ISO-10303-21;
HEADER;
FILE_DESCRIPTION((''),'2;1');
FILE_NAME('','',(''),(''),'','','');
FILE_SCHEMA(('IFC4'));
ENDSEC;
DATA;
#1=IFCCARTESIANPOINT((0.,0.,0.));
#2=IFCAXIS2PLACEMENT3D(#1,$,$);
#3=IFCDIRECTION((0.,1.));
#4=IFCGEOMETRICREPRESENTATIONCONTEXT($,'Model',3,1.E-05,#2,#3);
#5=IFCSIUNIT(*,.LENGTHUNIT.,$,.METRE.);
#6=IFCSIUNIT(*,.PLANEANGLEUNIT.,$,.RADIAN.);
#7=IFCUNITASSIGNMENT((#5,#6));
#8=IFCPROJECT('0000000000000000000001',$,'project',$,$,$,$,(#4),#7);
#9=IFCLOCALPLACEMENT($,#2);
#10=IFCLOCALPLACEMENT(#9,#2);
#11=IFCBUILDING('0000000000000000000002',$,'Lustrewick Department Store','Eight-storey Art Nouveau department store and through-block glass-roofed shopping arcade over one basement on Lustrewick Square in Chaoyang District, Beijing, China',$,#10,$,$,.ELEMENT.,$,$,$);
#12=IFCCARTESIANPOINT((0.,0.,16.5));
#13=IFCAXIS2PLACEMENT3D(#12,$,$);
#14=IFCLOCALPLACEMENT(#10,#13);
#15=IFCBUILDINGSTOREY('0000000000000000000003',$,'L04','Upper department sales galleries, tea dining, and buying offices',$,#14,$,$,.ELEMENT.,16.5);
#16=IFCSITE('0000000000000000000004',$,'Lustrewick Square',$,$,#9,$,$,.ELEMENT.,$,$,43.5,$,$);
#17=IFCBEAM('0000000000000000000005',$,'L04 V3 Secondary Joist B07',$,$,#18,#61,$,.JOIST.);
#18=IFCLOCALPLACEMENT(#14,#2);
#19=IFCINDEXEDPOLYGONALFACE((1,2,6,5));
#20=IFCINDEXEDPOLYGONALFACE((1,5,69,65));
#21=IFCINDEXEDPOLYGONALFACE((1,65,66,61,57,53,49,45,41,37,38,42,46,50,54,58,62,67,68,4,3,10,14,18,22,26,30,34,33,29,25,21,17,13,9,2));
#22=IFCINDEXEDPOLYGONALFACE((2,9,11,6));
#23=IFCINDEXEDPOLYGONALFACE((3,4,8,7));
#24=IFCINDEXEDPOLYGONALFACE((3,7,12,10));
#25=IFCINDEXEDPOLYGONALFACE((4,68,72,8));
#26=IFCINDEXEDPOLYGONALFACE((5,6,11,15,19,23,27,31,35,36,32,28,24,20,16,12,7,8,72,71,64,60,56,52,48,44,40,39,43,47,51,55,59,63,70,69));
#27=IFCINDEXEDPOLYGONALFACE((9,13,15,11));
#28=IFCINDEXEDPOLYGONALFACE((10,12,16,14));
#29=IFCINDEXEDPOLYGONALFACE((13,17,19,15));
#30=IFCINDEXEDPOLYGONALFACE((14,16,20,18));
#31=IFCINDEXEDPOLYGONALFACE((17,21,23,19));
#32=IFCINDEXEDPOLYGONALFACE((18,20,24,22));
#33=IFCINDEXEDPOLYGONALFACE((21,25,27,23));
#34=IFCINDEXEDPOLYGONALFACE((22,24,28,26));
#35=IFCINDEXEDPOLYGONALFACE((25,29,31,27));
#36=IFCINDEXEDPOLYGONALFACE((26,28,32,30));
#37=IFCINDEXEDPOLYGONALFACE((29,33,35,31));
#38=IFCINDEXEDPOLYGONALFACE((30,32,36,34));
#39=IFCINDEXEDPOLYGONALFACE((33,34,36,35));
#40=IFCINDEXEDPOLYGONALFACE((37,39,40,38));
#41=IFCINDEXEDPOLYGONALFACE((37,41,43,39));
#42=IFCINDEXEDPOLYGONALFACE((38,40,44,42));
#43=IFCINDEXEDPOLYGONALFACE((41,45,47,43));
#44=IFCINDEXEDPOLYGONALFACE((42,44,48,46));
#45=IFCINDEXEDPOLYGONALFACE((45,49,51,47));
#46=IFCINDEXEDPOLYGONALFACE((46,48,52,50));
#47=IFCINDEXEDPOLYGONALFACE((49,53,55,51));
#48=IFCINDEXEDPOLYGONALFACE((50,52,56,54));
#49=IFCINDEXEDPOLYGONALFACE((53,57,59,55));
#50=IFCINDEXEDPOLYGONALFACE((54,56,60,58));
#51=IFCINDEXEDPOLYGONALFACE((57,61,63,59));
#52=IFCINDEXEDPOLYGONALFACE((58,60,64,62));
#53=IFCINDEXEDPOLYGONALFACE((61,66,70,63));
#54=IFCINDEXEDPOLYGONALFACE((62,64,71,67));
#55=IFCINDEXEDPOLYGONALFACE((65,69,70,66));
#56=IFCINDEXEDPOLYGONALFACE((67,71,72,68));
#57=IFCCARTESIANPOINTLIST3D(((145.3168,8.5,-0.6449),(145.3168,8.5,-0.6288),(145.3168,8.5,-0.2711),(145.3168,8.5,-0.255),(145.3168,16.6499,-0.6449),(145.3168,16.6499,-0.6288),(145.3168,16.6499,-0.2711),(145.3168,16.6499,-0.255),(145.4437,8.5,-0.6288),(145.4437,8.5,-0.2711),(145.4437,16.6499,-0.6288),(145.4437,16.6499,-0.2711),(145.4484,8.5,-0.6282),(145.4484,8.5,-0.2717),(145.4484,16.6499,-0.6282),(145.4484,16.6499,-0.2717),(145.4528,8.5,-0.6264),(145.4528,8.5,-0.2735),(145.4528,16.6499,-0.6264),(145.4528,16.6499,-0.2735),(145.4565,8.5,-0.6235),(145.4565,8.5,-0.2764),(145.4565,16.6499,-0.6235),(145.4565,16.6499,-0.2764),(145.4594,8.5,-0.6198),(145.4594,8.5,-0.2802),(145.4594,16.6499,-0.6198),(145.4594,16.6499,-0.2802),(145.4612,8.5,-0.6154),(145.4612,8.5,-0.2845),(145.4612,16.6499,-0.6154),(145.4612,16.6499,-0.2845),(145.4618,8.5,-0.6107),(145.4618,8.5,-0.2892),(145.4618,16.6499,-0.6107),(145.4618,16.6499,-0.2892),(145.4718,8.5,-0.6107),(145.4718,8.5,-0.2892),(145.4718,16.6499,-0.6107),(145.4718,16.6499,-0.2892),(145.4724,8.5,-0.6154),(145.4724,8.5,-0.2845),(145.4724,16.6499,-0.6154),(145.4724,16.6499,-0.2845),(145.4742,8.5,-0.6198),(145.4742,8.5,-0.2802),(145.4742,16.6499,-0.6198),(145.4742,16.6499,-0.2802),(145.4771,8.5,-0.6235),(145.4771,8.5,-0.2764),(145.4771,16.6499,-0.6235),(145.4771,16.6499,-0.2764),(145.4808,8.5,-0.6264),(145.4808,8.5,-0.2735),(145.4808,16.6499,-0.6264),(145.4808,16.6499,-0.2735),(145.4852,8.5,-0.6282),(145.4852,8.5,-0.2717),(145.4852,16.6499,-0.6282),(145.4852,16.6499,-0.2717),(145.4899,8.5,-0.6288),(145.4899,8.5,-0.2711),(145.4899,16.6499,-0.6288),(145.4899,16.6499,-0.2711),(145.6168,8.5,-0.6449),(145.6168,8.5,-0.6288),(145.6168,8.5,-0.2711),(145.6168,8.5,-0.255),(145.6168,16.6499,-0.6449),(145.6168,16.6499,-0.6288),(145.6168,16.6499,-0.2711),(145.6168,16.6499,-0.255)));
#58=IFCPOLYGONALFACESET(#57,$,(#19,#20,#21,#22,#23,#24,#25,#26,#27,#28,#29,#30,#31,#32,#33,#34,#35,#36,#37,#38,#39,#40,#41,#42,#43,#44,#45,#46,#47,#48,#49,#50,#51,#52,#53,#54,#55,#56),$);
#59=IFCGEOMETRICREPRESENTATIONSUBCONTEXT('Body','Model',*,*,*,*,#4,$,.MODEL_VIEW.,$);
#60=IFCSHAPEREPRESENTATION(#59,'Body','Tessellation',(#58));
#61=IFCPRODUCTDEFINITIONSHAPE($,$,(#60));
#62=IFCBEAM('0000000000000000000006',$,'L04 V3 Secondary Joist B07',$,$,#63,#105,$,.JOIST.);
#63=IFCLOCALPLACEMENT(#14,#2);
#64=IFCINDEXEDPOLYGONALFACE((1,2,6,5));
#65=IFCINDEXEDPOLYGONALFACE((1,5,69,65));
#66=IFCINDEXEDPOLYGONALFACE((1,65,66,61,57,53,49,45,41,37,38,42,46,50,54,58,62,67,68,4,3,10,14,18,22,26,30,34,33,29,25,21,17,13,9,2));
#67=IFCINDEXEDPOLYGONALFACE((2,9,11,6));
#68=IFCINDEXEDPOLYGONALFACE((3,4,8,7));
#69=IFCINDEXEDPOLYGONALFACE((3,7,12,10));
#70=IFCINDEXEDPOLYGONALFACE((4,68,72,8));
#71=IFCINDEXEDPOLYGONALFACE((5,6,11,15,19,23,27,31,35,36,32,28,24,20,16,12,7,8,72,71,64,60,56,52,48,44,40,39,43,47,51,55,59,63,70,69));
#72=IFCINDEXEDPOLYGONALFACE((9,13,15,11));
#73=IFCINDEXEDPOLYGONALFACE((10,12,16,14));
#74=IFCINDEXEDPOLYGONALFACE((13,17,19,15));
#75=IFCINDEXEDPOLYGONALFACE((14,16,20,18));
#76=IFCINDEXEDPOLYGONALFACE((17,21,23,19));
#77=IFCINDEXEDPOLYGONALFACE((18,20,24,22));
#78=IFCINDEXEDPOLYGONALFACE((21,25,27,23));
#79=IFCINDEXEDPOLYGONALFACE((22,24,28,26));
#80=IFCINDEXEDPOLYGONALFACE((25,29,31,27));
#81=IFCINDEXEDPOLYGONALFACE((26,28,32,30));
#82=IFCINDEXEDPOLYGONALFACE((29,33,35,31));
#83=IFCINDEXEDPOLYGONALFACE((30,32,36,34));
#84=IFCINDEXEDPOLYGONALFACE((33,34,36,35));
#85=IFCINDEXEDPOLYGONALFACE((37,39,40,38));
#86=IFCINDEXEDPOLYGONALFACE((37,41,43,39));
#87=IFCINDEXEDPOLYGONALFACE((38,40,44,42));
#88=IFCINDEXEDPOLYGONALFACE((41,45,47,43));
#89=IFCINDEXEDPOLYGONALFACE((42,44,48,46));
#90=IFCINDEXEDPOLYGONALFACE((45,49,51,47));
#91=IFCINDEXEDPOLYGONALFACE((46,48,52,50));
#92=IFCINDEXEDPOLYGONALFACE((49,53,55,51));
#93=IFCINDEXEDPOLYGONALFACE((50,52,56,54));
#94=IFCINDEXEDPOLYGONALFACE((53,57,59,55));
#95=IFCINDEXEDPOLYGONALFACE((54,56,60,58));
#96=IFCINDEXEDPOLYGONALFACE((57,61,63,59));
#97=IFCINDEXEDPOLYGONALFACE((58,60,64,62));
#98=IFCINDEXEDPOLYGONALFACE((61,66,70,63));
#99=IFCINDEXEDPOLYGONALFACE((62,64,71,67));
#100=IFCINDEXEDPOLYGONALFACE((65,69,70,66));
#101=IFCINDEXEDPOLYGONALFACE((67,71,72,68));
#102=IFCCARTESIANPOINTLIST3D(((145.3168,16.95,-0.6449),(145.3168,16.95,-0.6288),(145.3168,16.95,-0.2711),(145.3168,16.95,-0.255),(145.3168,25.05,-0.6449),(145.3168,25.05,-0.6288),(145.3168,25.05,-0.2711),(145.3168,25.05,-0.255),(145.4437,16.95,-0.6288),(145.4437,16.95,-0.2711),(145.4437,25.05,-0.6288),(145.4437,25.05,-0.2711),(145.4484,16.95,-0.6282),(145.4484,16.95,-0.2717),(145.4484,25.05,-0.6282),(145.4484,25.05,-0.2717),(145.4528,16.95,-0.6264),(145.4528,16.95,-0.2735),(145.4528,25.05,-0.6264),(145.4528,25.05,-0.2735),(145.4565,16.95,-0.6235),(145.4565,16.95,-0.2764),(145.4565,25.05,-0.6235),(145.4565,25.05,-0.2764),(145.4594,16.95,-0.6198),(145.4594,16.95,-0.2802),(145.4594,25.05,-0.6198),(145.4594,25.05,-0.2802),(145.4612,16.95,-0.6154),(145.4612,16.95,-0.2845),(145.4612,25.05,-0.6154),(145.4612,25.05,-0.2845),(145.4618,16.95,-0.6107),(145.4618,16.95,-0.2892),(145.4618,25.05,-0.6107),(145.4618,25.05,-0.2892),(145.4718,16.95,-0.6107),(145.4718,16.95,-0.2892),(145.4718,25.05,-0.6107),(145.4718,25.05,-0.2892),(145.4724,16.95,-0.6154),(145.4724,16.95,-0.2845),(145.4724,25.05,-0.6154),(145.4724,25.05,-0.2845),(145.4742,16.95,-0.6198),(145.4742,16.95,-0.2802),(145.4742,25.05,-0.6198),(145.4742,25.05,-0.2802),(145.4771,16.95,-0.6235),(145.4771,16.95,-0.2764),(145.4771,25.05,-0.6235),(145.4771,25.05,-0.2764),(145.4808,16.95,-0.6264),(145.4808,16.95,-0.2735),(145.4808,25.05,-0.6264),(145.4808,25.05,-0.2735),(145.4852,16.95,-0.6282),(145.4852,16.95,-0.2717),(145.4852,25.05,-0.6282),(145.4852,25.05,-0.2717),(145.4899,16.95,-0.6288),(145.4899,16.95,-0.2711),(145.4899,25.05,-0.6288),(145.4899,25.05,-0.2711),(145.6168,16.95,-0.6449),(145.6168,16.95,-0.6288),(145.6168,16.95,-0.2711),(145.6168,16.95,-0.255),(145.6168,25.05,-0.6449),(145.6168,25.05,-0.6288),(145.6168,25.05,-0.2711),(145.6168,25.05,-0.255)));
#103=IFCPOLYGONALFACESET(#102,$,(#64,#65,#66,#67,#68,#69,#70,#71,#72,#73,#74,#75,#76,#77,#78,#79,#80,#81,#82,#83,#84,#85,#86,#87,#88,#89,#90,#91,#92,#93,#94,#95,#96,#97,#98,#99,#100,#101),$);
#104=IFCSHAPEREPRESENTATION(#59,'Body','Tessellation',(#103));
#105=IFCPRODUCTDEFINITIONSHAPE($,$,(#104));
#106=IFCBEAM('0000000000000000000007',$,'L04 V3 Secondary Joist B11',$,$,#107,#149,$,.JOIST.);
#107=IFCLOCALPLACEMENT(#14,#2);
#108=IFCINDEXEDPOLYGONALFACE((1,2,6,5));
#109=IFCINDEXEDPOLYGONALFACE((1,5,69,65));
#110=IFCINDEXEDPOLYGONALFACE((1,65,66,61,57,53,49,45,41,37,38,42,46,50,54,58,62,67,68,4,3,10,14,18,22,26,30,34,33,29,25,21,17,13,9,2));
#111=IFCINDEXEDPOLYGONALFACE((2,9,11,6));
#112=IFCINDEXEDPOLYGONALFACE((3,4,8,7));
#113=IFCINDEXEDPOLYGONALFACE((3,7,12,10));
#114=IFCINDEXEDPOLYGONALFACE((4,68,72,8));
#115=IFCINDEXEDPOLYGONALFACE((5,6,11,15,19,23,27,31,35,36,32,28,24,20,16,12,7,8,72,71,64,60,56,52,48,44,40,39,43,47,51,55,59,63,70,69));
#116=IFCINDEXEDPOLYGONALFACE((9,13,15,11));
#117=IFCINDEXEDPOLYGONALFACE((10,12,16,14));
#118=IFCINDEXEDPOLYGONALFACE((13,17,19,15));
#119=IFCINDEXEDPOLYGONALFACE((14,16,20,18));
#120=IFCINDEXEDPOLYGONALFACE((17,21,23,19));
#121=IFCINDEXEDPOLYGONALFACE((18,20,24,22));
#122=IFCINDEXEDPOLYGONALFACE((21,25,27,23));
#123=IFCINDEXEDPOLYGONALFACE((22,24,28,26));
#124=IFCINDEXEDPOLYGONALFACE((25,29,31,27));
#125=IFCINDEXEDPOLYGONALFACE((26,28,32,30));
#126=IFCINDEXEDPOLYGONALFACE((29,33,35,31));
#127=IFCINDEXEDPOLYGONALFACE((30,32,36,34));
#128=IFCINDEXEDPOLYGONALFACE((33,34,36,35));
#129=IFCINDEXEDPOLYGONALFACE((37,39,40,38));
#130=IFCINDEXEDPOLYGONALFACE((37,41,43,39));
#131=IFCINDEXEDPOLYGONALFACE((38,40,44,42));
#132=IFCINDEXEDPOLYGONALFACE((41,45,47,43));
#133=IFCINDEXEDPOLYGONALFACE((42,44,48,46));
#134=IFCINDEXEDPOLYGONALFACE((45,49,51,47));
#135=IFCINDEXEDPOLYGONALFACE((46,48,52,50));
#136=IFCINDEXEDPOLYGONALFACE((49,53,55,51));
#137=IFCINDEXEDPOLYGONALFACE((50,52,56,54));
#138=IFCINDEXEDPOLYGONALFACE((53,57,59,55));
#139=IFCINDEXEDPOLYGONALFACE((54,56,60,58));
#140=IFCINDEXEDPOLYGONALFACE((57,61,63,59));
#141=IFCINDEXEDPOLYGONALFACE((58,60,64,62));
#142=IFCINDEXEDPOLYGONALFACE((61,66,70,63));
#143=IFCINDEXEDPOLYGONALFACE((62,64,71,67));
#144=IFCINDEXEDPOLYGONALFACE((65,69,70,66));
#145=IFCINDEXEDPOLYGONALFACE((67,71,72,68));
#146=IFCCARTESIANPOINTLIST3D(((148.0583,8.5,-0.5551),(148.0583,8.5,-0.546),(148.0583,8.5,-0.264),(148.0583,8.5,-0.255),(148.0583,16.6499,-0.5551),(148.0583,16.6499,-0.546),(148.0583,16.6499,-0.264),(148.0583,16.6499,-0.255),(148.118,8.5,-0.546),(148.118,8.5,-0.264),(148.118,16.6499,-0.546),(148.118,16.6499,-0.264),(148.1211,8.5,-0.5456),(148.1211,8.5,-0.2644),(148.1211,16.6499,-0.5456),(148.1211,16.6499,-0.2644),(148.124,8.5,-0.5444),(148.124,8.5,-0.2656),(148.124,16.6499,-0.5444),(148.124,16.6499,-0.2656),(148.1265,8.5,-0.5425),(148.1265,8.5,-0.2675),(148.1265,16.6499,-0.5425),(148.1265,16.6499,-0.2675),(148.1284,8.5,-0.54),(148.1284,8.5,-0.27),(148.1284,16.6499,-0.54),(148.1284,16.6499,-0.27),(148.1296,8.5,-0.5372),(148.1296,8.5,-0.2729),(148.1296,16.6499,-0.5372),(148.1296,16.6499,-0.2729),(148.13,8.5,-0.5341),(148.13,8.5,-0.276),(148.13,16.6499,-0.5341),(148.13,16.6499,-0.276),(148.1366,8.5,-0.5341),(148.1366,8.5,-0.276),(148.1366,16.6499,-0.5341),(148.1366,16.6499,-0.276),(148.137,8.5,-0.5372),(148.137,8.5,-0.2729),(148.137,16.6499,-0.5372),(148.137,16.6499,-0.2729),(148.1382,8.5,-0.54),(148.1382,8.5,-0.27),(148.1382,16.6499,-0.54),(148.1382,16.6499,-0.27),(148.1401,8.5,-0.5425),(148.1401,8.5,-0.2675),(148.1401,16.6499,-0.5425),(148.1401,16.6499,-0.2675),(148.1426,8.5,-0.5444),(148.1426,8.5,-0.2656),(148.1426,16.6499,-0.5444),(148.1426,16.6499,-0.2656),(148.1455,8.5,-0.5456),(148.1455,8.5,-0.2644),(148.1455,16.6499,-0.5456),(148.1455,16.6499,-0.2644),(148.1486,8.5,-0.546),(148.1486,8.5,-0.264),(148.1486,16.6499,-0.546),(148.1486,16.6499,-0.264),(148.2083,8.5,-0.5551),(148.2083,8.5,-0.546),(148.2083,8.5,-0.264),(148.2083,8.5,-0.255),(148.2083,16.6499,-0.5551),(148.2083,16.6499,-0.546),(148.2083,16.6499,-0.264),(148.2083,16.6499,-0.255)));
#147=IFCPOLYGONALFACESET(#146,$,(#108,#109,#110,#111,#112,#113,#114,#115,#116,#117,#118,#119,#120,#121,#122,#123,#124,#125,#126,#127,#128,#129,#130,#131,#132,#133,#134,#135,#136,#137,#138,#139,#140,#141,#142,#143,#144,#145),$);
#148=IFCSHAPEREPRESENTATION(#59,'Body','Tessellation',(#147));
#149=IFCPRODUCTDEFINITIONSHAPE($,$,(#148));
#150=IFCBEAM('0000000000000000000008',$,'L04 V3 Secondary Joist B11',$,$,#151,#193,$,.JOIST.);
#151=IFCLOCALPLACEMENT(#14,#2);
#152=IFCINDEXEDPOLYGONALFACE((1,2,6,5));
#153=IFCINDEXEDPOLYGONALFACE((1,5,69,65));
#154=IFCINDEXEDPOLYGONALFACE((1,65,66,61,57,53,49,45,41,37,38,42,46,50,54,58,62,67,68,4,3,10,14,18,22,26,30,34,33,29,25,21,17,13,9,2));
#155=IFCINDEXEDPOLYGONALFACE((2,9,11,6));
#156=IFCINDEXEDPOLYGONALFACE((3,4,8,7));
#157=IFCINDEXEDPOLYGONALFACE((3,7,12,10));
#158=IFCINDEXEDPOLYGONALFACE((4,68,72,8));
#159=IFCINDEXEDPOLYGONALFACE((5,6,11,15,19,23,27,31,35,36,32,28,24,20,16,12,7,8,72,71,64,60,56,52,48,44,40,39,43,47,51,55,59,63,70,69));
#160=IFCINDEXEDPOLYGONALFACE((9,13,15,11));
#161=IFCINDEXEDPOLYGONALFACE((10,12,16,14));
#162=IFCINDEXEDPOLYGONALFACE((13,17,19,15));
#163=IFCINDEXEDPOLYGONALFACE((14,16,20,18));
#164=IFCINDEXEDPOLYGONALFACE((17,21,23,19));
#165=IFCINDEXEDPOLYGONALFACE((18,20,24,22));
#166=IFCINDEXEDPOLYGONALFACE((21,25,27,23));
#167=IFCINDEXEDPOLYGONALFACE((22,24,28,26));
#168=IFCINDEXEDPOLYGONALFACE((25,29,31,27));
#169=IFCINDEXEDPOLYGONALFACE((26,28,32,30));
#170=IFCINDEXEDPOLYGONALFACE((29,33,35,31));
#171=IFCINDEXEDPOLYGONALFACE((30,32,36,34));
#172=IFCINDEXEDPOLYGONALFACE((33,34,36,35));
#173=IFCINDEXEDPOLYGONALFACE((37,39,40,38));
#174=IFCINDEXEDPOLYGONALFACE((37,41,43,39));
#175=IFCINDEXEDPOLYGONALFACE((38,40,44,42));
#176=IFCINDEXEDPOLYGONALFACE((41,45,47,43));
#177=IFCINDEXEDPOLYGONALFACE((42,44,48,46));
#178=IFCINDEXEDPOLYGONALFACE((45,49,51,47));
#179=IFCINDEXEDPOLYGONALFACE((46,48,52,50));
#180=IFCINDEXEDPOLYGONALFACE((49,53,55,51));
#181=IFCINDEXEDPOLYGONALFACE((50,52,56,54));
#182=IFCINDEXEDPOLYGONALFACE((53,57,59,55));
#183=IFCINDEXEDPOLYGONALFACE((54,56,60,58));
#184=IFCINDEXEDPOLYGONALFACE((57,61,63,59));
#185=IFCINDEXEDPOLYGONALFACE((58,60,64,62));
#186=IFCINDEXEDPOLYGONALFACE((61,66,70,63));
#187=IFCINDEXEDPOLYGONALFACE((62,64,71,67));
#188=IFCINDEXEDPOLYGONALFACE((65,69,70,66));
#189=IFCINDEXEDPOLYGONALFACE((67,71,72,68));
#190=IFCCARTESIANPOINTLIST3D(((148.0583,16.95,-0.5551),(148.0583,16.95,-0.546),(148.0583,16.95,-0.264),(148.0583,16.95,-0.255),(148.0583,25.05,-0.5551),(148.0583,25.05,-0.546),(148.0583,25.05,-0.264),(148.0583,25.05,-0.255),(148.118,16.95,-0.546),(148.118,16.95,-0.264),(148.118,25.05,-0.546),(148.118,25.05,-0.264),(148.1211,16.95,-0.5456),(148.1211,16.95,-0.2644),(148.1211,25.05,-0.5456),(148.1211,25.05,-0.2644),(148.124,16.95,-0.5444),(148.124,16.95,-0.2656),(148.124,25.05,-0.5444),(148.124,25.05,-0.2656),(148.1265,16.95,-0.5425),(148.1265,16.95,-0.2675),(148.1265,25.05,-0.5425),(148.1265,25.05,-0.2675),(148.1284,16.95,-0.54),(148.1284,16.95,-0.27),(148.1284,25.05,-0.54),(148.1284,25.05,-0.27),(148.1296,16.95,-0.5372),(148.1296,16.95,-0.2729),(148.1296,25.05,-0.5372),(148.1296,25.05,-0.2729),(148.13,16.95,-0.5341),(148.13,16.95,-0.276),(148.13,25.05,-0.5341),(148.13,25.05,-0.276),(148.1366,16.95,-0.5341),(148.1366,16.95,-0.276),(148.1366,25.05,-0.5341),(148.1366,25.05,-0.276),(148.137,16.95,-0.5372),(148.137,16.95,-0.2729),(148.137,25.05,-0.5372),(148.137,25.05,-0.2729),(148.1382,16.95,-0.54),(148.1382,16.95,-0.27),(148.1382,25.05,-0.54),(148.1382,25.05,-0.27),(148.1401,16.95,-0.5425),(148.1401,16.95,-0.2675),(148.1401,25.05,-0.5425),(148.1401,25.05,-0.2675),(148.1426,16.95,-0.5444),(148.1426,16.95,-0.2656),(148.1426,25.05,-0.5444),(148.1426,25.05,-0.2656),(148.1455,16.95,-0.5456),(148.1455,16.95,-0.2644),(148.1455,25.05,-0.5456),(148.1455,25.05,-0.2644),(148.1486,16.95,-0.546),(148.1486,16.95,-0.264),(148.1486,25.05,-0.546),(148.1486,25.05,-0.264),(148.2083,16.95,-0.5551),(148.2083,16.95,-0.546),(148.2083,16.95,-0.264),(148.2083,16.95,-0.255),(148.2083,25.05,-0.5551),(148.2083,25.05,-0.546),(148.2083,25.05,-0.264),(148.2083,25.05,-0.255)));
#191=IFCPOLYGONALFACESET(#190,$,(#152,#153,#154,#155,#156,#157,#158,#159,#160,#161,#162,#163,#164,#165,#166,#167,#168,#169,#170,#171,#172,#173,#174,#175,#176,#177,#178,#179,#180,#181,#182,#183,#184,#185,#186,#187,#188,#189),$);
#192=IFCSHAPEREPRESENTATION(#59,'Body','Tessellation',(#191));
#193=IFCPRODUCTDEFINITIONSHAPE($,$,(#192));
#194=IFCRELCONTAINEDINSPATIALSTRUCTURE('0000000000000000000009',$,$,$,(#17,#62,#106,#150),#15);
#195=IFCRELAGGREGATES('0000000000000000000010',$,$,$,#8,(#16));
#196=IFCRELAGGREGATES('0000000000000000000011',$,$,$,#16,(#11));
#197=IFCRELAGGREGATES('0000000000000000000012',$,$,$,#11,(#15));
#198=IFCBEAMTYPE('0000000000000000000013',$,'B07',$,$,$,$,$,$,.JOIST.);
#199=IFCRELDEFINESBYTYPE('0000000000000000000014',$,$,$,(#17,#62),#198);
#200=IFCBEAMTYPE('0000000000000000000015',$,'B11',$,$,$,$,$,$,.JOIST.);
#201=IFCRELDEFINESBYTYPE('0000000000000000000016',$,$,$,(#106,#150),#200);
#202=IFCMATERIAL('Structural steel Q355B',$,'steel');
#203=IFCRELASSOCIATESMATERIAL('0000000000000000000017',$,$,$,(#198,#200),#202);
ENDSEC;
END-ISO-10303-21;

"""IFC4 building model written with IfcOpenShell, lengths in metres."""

from ifc_helpers import new_model, si_unit, direction, frame, origin, origin_2d, place, context, subcontext, project, spatial, i_section, extrude, material, material_profile, profile_set, type_object, element, save


model = new_model("IFC4")

# Units and contexts
model_context = context("Model", 3, precision=1e-05, world=origin(), true_north=direction((0.0, 1.0)))
body_context = subcontext(model_context, "Body", "Model", "MODEL_VIEW")
ifc_project = project(units=[si_unit("LENGTHUNIT", "METRE"), si_unit("PLANEANGLEUNIT", "RADIAN")], contexts=[model_context])

# Site, building, storey
site_placement = place(None, origin())
site = spatial("IfcSite", under=ifc_project, at=site_placement, Name="Lustrewick Square", CompositionType="ELEMENT", RefElevation=43.5)
building_placement = place(site_placement, origin())
building = spatial("IfcBuilding", under=site, at=building_placement, Name="Lustrewick Department Store", Description="Eight-storey Art Nouveau department store and through-block glass-roofed shopping arcade over one basement on Lustrewick Square in Chaoyang District, Beijing, China", CompositionType="ELEMENT")
storey_placement = place(building_placement, frame((0.0, 0.0, 16.5)))
storey = spatial("IfcBuildingStorey", under=building, at=storey_placement, Name="L04", Description="Upper department sales galleries, tea dining, and buying offices", CompositionType="ELEMENT", Elevation=16.5)

# Beams
ifc_material_1 = material(Name="Structural steel Q355B", Category="steel")
ifc_material_profile_1 = material_profile(ifc_material_1, i_section(OverallWidth=0.3, OverallDepth=0.3899, WebThickness=0.01, FlangeThickness=0.0161, FilletRadius=0.0181, at=origin_2d()), Name="HM 390x300x10x16")
ifc_profile_set_1 = profile_set([ifc_material_profile_1], Name="Structural steel Q355B")
beam_type_1 = type_object("IfcBeamType", Name="B07", PredefinedType="JOIST", material=ifc_profile_set_1)
beam_1_placement = place(storey_placement, frame((145.4668, 8.5, -0.45), z_axis=(0.0, 1.0, 0.0), x_axis=(-1.0, 0.0, 0.0)))
element("IfcBeam", 1, at=beam_1_placement, inside=storey, type_object=beam_type_1, Name="L04 V3 Secondary Joist B07", PredefinedType="JOIST", context=body_context, shape_type="SweptSolid", body=[
    extrude(i_section(OverallWidth=0.3, OverallDepth=0.3899, WebThickness=0.01, FlangeThickness=0.0161, FilletRadius=0.0181, at=origin_2d()), origin(), (0.0, 0.0, 1.0), 8.1499),
])
beam_2_placement = place(storey_placement, frame((145.4668, 16.95, -0.45), z_axis=(0.0, 1.0, 0.0), x_axis=(-1.0, 0.0, 0.0)))
element("IfcBeam", 2, at=beam_2_placement, inside=storey, type_object=beam_type_1, Name="L04 V3 Secondary Joist B07", PredefinedType="JOIST", context=body_context, shape_type="SweptSolid", body=[
    extrude(i_section(OverallWidth=0.3, OverallDepth=0.3899, WebThickness=0.01, FlangeThickness=0.0161, FilletRadius=0.0181, at=origin_2d()), origin(), (0.0, 0.0, 1.0), 8.1001),
])
ifc_material_profile_2 = material_profile(ifc_material_1, i_section(OverallWidth=0.1499, OverallDepth=0.3, WebThickness=0.0066, FlangeThickness=0.009, FilletRadius=0.012, at=origin_2d()), Name="HN 300x150x6.5x9")
ifc_profile_set_2 = profile_set([ifc_material_profile_2], Name="Structural steel Q355B")
beam_type_2 = type_object("IfcBeamType", Name="B11", PredefinedType="JOIST", material=ifc_profile_set_2)
beam_3_placement = place(storey_placement, frame((148.1333, 8.5, -0.405), z_axis=(0.0, 1.0, 0.0), x_axis=(-1.0, 0.0, 0.0)))
element("IfcBeam", 3, at=beam_3_placement, inside=storey, type_object=beam_type_2, Name="L04 V3 Secondary Joist B11", PredefinedType="JOIST", context=body_context, shape_type="SweptSolid", body=[
    extrude(i_section(OverallWidth=0.1499, OverallDepth=0.3, WebThickness=0.0066, FlangeThickness=0.009, FilletRadius=0.012, at=origin_2d()), origin(), (0.0, 0.0, 1.0), 8.1499),
])
beam_4_placement = place(storey_placement, frame((148.1333, 16.95, -0.405), z_axis=(0.0, 1.0, 0.0), x_axis=(-1.0, 0.0, 0.0)))
element("IfcBeam", 4, at=beam_4_placement, inside=storey, type_object=beam_type_2, Name="L04 V3 Secondary Joist B11", PredefinedType="JOIST", context=body_context, shape_type="SweptSolid", body=[
    extrude(i_section(OverallWidth=0.1499, OverallDepth=0.3, WebThickness=0.0066, FlangeThickness=0.009, FilletRadius=0.012, at=origin_2d()), origin(), (0.0, 0.0, 1.0), 8.1001),
])

save(model, "model.ifc")
